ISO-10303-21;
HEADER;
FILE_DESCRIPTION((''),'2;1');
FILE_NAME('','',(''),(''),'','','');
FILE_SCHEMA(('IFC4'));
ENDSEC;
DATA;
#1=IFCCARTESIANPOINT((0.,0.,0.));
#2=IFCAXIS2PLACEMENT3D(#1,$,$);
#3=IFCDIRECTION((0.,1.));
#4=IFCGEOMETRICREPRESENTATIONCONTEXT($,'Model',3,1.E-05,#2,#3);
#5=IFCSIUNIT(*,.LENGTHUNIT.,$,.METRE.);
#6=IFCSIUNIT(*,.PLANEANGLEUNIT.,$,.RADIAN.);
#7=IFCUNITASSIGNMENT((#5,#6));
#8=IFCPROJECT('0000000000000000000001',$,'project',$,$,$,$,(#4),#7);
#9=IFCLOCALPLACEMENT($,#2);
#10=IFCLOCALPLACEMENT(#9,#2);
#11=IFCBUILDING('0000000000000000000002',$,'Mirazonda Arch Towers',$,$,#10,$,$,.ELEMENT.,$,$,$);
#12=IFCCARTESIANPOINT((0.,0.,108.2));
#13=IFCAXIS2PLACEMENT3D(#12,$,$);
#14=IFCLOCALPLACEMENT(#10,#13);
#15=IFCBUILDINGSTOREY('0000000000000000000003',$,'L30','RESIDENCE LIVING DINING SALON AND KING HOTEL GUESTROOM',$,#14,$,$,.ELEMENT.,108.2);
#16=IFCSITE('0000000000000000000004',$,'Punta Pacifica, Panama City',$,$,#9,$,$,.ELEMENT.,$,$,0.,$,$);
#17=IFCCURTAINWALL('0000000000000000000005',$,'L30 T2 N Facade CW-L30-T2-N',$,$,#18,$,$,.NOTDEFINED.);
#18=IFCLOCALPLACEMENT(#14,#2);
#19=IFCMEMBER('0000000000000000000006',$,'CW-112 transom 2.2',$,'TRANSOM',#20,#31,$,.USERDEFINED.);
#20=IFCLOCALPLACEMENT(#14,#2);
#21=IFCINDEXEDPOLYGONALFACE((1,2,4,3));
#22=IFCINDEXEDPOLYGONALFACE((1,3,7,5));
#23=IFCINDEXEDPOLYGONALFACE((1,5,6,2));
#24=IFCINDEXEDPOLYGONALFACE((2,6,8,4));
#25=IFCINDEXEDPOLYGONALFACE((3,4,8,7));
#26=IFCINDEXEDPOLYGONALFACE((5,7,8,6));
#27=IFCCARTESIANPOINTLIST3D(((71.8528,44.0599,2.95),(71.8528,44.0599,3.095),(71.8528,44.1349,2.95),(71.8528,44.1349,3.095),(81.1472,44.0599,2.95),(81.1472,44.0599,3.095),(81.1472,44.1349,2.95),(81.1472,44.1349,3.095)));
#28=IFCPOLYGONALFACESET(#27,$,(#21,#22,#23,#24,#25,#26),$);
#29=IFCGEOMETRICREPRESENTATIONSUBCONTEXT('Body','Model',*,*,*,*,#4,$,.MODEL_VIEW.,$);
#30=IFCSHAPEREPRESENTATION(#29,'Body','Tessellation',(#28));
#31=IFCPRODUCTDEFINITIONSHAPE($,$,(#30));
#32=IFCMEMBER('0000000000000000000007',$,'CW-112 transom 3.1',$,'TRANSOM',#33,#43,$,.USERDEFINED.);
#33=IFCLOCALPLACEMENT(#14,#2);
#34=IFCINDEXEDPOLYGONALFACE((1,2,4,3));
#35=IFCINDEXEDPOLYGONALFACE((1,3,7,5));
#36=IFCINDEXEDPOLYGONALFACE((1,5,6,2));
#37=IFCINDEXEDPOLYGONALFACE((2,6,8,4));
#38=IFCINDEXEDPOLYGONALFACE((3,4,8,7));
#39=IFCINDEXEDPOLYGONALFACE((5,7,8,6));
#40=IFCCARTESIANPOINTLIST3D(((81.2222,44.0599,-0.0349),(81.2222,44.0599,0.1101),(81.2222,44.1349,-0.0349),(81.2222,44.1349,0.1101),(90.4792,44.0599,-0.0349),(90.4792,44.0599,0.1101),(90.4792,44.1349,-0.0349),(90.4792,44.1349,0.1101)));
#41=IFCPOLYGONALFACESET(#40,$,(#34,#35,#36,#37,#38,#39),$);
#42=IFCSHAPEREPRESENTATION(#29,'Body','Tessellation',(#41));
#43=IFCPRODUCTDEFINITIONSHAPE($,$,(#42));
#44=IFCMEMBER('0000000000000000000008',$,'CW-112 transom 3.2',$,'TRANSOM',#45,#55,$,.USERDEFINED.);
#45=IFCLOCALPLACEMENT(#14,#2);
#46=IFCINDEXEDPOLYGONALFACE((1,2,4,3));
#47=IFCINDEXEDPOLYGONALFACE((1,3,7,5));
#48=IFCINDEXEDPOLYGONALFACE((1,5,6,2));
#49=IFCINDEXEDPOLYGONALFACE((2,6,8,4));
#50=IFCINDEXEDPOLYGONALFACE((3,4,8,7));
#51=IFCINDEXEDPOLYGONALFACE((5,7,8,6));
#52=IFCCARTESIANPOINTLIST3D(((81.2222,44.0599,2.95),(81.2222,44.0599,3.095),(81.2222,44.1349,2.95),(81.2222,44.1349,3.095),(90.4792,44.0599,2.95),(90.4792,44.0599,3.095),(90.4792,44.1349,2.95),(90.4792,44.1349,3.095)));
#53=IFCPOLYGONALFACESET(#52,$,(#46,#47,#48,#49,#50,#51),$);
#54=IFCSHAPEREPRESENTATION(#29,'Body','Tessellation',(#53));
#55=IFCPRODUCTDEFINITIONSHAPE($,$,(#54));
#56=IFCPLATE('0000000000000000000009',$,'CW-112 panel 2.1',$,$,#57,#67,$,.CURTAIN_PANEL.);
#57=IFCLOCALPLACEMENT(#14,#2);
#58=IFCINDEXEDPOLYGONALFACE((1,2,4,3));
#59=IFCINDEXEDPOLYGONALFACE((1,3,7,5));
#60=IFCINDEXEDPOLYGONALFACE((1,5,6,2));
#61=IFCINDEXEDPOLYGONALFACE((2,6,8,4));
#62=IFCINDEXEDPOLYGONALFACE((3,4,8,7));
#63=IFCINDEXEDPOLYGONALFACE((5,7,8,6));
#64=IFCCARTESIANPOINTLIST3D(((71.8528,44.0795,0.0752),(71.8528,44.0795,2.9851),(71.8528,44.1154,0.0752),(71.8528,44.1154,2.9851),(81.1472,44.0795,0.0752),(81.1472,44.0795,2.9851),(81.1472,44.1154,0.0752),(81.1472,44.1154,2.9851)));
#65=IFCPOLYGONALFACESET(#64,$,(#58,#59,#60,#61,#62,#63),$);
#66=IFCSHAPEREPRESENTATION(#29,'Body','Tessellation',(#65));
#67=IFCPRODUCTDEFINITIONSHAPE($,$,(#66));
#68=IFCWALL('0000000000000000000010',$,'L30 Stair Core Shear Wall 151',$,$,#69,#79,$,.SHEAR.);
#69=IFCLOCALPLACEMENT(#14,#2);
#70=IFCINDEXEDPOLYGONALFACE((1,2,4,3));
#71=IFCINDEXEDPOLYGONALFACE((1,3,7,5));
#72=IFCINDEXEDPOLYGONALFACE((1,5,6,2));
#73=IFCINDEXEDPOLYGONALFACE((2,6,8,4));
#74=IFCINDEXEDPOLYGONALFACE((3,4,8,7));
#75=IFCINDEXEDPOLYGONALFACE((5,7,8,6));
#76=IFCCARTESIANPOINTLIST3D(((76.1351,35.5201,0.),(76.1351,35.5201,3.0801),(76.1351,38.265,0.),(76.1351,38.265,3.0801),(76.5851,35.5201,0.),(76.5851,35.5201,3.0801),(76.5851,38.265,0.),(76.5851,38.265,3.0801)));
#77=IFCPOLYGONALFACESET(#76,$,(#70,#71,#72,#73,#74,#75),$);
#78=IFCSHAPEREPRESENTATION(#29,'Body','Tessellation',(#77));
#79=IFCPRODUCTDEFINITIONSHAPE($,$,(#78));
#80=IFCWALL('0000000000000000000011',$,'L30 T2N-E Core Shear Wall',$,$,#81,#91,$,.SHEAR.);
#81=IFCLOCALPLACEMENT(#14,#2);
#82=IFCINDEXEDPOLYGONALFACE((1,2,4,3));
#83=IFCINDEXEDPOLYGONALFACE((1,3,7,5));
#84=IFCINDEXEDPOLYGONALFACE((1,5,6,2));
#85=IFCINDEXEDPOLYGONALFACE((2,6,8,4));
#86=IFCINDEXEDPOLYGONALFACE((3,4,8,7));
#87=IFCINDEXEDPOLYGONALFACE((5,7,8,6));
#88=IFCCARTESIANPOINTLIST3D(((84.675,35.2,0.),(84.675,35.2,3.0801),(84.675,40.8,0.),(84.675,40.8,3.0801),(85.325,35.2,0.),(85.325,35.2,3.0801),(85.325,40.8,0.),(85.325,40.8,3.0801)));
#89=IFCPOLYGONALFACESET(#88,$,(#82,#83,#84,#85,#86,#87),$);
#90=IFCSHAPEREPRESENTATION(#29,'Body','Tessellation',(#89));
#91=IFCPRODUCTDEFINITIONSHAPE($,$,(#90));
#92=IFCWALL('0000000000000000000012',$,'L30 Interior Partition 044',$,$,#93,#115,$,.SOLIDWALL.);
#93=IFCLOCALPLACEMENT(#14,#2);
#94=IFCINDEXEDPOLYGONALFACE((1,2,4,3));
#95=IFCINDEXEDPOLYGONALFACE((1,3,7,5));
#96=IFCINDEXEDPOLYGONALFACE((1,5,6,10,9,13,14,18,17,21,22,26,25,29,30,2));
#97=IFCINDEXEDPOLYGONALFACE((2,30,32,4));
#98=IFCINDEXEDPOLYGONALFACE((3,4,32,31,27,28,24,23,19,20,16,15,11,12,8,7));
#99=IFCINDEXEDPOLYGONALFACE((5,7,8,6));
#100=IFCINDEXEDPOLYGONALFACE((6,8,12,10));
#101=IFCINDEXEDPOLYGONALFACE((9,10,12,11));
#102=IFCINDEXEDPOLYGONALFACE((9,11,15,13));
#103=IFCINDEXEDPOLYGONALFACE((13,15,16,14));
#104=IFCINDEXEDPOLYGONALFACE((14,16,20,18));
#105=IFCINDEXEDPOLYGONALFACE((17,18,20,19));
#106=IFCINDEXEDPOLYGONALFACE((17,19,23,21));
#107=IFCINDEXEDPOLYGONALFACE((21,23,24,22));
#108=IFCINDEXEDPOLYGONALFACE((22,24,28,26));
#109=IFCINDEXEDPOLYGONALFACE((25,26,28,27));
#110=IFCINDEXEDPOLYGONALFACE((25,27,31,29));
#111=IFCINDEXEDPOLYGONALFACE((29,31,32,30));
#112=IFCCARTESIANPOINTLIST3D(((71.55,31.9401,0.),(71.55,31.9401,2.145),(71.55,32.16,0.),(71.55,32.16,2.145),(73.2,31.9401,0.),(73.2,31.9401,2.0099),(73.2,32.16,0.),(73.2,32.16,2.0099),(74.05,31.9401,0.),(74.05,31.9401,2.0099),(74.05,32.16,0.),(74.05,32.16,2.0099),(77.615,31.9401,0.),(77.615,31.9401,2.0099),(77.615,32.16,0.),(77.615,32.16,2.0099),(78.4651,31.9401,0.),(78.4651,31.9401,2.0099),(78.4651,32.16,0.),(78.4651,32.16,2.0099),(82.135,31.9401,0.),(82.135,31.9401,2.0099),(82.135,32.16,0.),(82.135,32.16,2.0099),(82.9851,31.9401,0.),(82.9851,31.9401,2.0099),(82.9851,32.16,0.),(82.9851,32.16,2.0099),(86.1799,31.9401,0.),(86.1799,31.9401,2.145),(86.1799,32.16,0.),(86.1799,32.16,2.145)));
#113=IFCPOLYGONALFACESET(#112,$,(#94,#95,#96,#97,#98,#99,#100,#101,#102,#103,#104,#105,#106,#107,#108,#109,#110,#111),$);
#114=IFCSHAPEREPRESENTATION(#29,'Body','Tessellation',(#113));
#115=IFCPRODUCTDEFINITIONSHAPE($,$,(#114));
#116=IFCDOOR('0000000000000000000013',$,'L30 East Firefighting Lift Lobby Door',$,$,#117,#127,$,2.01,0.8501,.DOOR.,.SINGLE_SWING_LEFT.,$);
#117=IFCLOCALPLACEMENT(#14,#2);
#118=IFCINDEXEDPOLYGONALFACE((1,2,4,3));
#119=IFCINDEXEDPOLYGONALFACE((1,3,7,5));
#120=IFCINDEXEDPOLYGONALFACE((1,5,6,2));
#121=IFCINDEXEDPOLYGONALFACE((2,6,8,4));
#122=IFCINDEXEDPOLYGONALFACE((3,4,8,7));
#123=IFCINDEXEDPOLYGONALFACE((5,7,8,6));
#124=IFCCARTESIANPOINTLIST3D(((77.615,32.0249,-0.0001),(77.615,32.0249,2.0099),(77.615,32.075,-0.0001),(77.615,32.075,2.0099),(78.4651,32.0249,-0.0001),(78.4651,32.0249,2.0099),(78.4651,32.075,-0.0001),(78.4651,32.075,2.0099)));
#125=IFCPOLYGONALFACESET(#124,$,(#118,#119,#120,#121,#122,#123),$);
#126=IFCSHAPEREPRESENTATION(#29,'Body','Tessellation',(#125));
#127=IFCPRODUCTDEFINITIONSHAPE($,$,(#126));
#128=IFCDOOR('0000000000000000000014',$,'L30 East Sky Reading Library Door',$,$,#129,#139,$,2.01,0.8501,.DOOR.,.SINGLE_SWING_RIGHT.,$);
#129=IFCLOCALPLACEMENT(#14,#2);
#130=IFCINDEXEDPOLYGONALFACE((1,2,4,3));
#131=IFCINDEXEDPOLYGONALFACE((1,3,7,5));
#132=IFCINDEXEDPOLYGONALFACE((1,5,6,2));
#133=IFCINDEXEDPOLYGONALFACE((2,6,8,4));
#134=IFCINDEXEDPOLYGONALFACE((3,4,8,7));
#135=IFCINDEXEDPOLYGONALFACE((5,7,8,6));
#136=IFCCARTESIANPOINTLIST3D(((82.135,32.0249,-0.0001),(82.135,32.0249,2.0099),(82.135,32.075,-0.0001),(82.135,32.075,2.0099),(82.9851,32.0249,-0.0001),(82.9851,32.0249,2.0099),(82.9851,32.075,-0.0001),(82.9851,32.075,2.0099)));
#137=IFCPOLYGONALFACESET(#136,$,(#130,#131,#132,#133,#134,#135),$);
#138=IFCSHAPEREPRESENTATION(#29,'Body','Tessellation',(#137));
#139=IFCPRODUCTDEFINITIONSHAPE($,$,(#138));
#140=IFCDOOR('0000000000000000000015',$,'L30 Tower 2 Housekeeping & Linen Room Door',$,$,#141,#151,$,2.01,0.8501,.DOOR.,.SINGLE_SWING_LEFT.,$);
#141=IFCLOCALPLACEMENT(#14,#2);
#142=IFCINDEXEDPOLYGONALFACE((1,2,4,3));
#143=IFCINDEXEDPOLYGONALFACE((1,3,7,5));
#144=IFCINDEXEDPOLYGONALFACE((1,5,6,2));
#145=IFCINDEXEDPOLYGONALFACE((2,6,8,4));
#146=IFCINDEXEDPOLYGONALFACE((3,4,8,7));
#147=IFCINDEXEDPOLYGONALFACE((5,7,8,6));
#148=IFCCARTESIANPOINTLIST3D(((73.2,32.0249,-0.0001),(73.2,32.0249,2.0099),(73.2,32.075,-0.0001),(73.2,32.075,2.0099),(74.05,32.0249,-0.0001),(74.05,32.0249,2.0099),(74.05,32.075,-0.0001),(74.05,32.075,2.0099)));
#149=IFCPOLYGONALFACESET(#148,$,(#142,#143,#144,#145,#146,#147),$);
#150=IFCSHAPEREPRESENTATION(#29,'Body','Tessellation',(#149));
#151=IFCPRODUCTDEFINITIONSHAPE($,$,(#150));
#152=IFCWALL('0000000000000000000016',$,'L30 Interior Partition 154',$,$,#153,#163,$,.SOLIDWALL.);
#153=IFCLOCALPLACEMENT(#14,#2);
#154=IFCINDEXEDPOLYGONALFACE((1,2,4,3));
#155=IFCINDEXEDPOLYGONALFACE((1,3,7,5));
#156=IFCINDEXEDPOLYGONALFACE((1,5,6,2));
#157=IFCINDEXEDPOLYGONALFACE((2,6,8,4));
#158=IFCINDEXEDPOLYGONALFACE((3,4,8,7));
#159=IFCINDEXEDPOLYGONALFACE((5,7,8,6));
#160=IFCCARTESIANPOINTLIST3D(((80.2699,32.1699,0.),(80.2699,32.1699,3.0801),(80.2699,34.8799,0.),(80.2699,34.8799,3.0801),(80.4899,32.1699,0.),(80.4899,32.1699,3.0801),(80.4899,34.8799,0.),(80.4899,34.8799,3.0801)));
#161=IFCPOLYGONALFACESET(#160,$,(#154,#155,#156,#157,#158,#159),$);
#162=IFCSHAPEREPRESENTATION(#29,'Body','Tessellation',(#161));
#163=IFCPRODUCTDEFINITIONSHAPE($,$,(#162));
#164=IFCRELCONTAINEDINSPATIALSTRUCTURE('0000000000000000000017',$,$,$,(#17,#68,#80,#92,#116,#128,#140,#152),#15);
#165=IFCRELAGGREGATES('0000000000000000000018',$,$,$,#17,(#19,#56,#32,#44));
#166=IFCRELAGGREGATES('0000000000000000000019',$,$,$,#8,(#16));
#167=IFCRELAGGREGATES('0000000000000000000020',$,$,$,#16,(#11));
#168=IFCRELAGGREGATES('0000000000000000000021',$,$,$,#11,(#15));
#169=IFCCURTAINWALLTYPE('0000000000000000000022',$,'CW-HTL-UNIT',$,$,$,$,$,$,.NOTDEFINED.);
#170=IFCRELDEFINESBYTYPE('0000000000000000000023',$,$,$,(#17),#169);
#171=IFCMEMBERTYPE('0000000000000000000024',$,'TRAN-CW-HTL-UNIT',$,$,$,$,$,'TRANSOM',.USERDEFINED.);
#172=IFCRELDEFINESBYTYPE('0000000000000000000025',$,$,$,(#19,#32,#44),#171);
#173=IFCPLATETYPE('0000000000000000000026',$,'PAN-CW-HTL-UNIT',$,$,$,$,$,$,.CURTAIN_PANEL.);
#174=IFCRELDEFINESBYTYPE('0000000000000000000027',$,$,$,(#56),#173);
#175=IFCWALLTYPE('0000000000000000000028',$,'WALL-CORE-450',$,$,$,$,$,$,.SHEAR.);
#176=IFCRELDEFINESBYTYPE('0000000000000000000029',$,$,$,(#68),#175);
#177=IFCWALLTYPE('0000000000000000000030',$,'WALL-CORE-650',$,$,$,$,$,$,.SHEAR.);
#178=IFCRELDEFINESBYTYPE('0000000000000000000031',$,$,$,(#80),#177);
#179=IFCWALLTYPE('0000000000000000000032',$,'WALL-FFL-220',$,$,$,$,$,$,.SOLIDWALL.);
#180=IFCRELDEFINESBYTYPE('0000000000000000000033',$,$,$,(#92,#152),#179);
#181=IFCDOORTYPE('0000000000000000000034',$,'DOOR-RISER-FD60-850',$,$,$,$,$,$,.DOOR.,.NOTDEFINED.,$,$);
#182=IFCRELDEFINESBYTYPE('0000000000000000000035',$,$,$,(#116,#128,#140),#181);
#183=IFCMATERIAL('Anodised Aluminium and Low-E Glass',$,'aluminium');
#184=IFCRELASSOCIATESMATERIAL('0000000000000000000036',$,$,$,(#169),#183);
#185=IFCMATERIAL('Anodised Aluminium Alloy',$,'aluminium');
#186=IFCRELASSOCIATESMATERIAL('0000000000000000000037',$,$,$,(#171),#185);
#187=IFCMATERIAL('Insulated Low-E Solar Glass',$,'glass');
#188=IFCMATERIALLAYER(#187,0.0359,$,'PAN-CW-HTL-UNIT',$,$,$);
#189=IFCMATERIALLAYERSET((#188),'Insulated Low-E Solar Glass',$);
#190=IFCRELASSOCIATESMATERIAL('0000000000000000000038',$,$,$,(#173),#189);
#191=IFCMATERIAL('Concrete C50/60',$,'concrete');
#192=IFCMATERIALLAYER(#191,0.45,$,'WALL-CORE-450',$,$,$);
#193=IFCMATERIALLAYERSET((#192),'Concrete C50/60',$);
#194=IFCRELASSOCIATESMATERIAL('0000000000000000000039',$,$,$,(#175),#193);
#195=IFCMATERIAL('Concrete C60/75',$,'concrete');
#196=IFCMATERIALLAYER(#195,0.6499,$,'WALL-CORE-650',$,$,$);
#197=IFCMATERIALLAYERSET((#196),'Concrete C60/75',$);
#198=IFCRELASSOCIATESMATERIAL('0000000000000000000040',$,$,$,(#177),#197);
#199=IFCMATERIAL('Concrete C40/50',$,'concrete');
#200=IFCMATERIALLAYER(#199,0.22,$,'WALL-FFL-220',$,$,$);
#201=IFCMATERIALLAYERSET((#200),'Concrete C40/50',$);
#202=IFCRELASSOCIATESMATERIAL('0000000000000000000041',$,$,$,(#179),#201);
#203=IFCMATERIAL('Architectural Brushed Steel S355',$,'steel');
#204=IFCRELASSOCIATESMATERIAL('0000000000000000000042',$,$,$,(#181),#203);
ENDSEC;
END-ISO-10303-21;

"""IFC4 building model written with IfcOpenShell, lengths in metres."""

from ifc_helpers import new_model, si_unit, direction, frame, frame_2d, origin, origin_2d, place, context, subcontext, project, spatial, rectangle, extrude, material, layer, layer_set, material_profile, profile_set, type_object, element, fill, aggregate, save


model = new_model("IFC4")

# Units and contexts
model_context = context("Model", 3, precision=1e-05, world=origin(), true_north=direction((0.0, 1.0)))
body_context = subcontext(model_context, "Body", "Model", "MODEL_VIEW")
ifc_project = project(units=[si_unit("LENGTHUNIT", "METRE"), si_unit("PLANEANGLEUNIT", "RADIAN")], contexts=[model_context])

# Site, building, storey
site_placement = place(None, origin())
site = spatial("IfcSite", under=ifc_project, at=site_placement, Name="Punta Pacifica, Panama City", CompositionType="ELEMENT", RefElevation=0.0)
building_placement = place(site_placement, origin())
building = spatial("IfcBuilding", under=site, at=building_placement, Name="Mirazonda Arch Towers", CompositionType="ELEMENT")
storey_placement = place(building_placement, frame((0.0, 0.0, 108.2)))
storey = spatial("IfcBuildingStorey", under=building, at=storey_placement, Name="L30", Description="RESIDENCE LIVING DINING SALON AND KING HOTEL GUESTROOM", CompositionType="ELEMENT", Elevation=108.2)

# Shared definitions
ifc_material_1 = material(Name="Concrete C50/60", Category="concrete")

# Shared definitions
ifc_material_2 = material(Name="Concrete C60/75", Category="concrete")

# Curtain wall, members, plate
ifc_material_3 = material(Name="Anodised Aluminium and Low-E Glass", Category="aluminium")
curtain_wall_type = type_object("IfcCurtainWallType", Name="CW-HTL-UNIT", PredefinedType="NOTDEFINED", material=ifc_material_3)
curtain_wall_placement = place(storey_placement, origin())
curtain_wall = element("IfcCurtainWall", 1, at=curtain_wall_placement, inside=storey, type_object=curtain_wall_type, Name="L30 T2 N Facade CW-L30-T2-N", PredefinedType="NOTDEFINED")
ifc_material_4 = material(Name="Anodised Aluminium Alloy", Category="aluminium")
ifc_material_profile_1 = material_profile(ifc_material_4, rectangle(XDim=0.075, YDim=0.145, at=origin_2d()), Name="ALU-TRAN-75x145")
ifc_profile_set_1 = profile_set([ifc_material_profile_1], Name="Anodised Aluminium Alloy")
member_type_1 = type_object("IfcMemberType", Name="TRAN-CW-HTL-UNIT", ElementType="TRANSOM", PredefinedType="USERDEFINED", material=ifc_profile_set_1)
member_1_placement = place(storey_placement, frame((71.8528, 44.0974, 3.0225), z_axis=(1.0, 0.0, 0.0), x_axis=(0.0, 1.0, 0.0)))
member_1 = element("IfcMember", 2, at=member_1_placement, type_object=member_type_1, Name="CW-112 transom 2.2", ObjectType="TRANSOM", PredefinedType="USERDEFINED", context=body_context, shape_type="SweptSolid", body=[
    extrude(rectangle(XDim=0.075, YDim=0.145, at=origin_2d()), origin(), (0.0, 0.0, 1.0), 9.2944),
])
member_2_placement = place(storey_placement, frame((81.2222, 44.0974, 0.0376), z_axis=(1.0, 0.0, 0.0), x_axis=(0.0, 1.0, 0.0)))
member_2 = element("IfcMember", 3, at=member_2_placement, type_object=member_type_1, Name="CW-112 transom 3.1", ObjectType="TRANSOM", PredefinedType="USERDEFINED", context=body_context, shape_type="SweptSolid", body=[
    extrude(rectangle(XDim=0.075, YDim=0.145, at=origin_2d()), origin(), (0.0, 0.0, 1.0), 9.2571),
])
member_3_placement = place(storey_placement, frame((81.2222, 44.0974, 3.0225), z_axis=(1.0, 0.0, 0.0), x_axis=(0.0, 1.0, 0.0)))
member_3 = element("IfcMember", 4, at=member_3_placement, type_object=member_type_1, Name="CW-112 transom 3.2", ObjectType="TRANSOM", PredefinedType="USERDEFINED", context=body_context, shape_type="SweptSolid", body=[
    extrude(rectangle(XDim=0.075, YDim=0.145, at=origin_2d()), origin(), (0.0, 0.0, 1.0), 9.2571),
])
ifc_material_5 = material(Name="Insulated Low-E Solar Glass", Category="glass")
ifc_layer_1 = layer(ifc_material_5, 0.0359, Name="PAN-CW-HTL-UNIT")
ifc_layer_set_1 = layer_set([ifc_layer_1], Name="Insulated Low-E Solar Glass")
plate_type = type_object("IfcPlateType", Name="PAN-CW-HTL-UNIT", PredefinedType="CURTAIN_PANEL", material=ifc_layer_set_1)
plate_placement = place(storey_placement, frame((76.5, 44.0974, 0.0752), z_axis=(0.0, 0.0, 1.0), x_axis=(1.0, 0.0, 0.0)))
plate = element("IfcPlate", 5, at=plate_placement, type_object=plate_type, Name="CW-112 panel 2.1", PredefinedType="CURTAIN_PANEL", context=body_context, shape_type="SweptSolid", body=[
    extrude(rectangle(XDim=9.2944, YDim=0.0359, at=origin_2d()), origin(), (0.0, 0.0, 1.0), 2.9099),
])
aggregate(curtain_wall, [member_1, plate, member_2, member_3])

# Walls
ifc_layer_2 = layer(ifc_material_1, 0.45, Name="WALL-CORE-450")
ifc_layer_set_2 = layer_set([ifc_layer_2], Name="Concrete C50/60")
wall_type_1 = type_object("IfcWallType", Name="WALL-CORE-450", PredefinedType="SHEAR", material=ifc_layer_set_2)
wall_1_placement = place(storey_placement, frame((76.3601, 35.52, 0.0), z_axis=(0.0, 0.0, 1.0), x_axis=(0.0, 1.0, 0.0)))
element("IfcWall", 6, at=wall_1_placement, inside=storey, type_object=wall_type_1, Name="L30 Stair Core Shear Wall 151", PredefinedType="SHEAR", context=body_context, shape_type="SweptSolid", body=[
    extrude(rectangle(XDim=2.7449, YDim=0.45, at=frame_2d((1.3726, 0.0))), origin(), (0.0, 0.0, 1.0), 3.0801),
])
ifc_layer_3 = layer(ifc_material_2, 0.6499, Name="WALL-CORE-650")
ifc_layer_set_3 = layer_set([ifc_layer_3], Name="Concrete C60/75")
wall_type_2 = type_object("IfcWallType", Name="WALL-CORE-650", PredefinedType="SHEAR", material=ifc_layer_set_3)
wall_2_placement = place(storey_placement, frame((85.0, 35.2, 0.0), z_axis=(0.0, 0.0, 1.0), x_axis=(0.0, 1.0, 0.0)))
element("IfcWall", 7, at=wall_2_placement, inside=storey, type_object=wall_type_2, Name="L30 T2N-E Core Shear Wall", PredefinedType="SHEAR", context=body_context, shape_type="SweptSolid", body=[
    extrude(rectangle(XDim=5.6001, YDim=0.6499, at=frame_2d((2.8, 0.0))), origin(), (0.0, 0.0, 1.0), 3.0801),
])

# Wall, openings, doors
ifc_material_6 = material(Name="Concrete C40/50", Category="concrete")
ifc_layer_4 = layer(ifc_material_6, 0.22, Name="WALL-FFL-220")
ifc_layer_set_4 = layer_set([ifc_layer_4], Name="Concrete C40/50")
wall_type_3 = type_object("IfcWallType", Name="WALL-FFL-220", PredefinedType="SOLIDWALL", material=ifc_layer_set_4)
wall_3_placement = place(storey_placement, frame((71.55, 32.05, 0.0), z_axis=(0.0, 0.0, 1.0), x_axis=(1.0, 0.0, 0.0)))
wall_3 = element("IfcWall", 8, at=wall_3_placement, inside=storey, type_object=wall_type_3, Name="L30 Interior Partition 044", PredefinedType="SOLIDWALL", context=body_context, shape_type="SweptSolid", body=[
    extrude(rectangle(XDim=14.6299, YDim=0.22, at=frame_2d((7.3149, 0.0))), origin(), (0.0, 0.0, 1.0), 2.145),
])
opening_1_placement = place(wall_3_placement, frame((6.0649, 0.0, 0.0)))
opening_1 = element("IfcOpeningElement", 9, at=opening_1_placement, cuts=wall_3, PredefinedType="OPENING", context=body_context, shape_type="SweptSolid", body=[
    extrude(rectangle(XDim=0.8501, YDim=2.01, at=frame_2d((0.425, 1.0049))), frame((0.0, 0.1199, 0.0), z_axis=(0.0, -1.0, 0.0), x_axis=(1.0, 0.0, 0.0)), (0.0, 0.0, 1.0), 0.24),
])
opening_2_placement = place(wall_3_placement, frame((10.585, 0.0, 0.0)))
opening_2 = element("IfcOpeningElement", 10, at=opening_2_placement, cuts=wall_3, PredefinedType="OPENING", context=body_context, shape_type="SweptSolid", body=[
    extrude(rectangle(XDim=0.8501, YDim=2.01, at=frame_2d((0.425, 1.0049))), frame((0.0, 0.1199, 0.0), z_axis=(0.0, -1.0, 0.0), x_axis=(1.0, 0.0, 0.0)), (0.0, 0.0, 1.0), 0.24),
])
opening_3_placement = place(wall_3_placement, frame((1.6499, 0.0, 0.0)))
opening_3 = element("IfcOpeningElement", 11, at=opening_3_placement, cuts=wall_3, PredefinedType="OPENING", context=body_context, shape_type="SweptSolid", body=[
    extrude(rectangle(XDim=0.8501, YDim=2.01, at=frame_2d((0.425, 1.0049))), frame((0.0, 0.1199, 0.0), z_axis=(0.0, -1.0, 0.0), x_axis=(1.0, 0.0, 0.0)), (0.0, 0.0, 1.0), 0.24),
])
ifc_material_7 = material(Name="Architectural Brushed Steel S355", Category="steel")
door_type = type_object("IfcDoorType", Name="DOOR-RISER-FD60-850", OperationType="NOTDEFINED", PredefinedType="DOOR", material=ifc_material_7)
door_1_placement = place(opening_1_placement, origin())
door_1 = element("IfcDoor", 12, at=door_1_placement, inside=storey, type_object=door_type, Name="L30 East Firefighting Lift Lobby Door", OperationType="SINGLE_SWING_LEFT", OverallHeight=2.01, OverallWidth=0.8501, PredefinedType="DOOR", context=body_context, shape_type="SweptSolid", body=[
    extrude(rectangle(XDim=0.8501, YDim=2.01, at=frame_2d((0.425, 1.0049))), frame((0.0, 0.0249, 0.0), z_axis=(0.0, -1.0, 0.0), x_axis=(1.0, 0.0, 0.0)), (0.0, 0.0, 1.0), 0.05),
])
fill(opening_1, door_1)
door_2_placement = place(opening_2_placement, origin())
door_2 = element("IfcDoor", 13, at=door_2_placement, inside=storey, type_object=door_type, Name="L30 East Sky Reading Library Door", OperationType="SINGLE_SWING_RIGHT", OverallHeight=2.01, OverallWidth=0.8501, PredefinedType="DOOR", context=body_context, shape_type="SweptSolid", body=[
    extrude(rectangle(XDim=0.8501, YDim=2.01, at=frame_2d((0.425, 1.0049))), frame((0.0, 0.0249, 0.0), z_axis=(0.0, -1.0, 0.0), x_axis=(1.0, 0.0, 0.0)), (0.0, 0.0, 1.0), 0.05),
])
fill(opening_2, door_2)
door_3_placement = place(opening_3_placement, origin())
door_3 = element("IfcDoor", 14, at=door_3_placement, inside=storey, type_object=door_type, Name="L30 Tower 2 Housekeeping & Linen Room Door", OperationType="SINGLE_SWING_LEFT", OverallHeight=2.01, OverallWidth=0.8501, PredefinedType="DOOR", context=body_context, shape_type="SweptSolid", body=[
    extrude(rectangle(XDim=0.8501, YDim=2.01, at=frame_2d((0.425, 1.0049))), frame((0.0, 0.0249, 0.0), z_axis=(0.0, -1.0, 0.0), x_axis=(1.0, 0.0, 0.0)), (0.0, 0.0, 1.0), 0.05),
])
fill(opening_3, door_3)

# Wall
wall_4_placement = place(storey_placement, frame((80.3799, 32.1699, 0.0), z_axis=(0.0, 0.0, 1.0), x_axis=(0.0, 1.0, 0.0)))
element("IfcWall", 15, at=wall_4_placement, inside=storey, type_object=wall_type_3, Name="L30 Interior Partition 154", PredefinedType="SOLIDWALL", context=body_context, shape_type="SweptSolid", body=[
    extrude(rectangle(XDim=2.71, YDim=0.22, at=frame_2d((1.355, 0.0))), origin(), (0.0, 0.0, 1.0), 3.0801),
])

save(model, "model.ifc")
